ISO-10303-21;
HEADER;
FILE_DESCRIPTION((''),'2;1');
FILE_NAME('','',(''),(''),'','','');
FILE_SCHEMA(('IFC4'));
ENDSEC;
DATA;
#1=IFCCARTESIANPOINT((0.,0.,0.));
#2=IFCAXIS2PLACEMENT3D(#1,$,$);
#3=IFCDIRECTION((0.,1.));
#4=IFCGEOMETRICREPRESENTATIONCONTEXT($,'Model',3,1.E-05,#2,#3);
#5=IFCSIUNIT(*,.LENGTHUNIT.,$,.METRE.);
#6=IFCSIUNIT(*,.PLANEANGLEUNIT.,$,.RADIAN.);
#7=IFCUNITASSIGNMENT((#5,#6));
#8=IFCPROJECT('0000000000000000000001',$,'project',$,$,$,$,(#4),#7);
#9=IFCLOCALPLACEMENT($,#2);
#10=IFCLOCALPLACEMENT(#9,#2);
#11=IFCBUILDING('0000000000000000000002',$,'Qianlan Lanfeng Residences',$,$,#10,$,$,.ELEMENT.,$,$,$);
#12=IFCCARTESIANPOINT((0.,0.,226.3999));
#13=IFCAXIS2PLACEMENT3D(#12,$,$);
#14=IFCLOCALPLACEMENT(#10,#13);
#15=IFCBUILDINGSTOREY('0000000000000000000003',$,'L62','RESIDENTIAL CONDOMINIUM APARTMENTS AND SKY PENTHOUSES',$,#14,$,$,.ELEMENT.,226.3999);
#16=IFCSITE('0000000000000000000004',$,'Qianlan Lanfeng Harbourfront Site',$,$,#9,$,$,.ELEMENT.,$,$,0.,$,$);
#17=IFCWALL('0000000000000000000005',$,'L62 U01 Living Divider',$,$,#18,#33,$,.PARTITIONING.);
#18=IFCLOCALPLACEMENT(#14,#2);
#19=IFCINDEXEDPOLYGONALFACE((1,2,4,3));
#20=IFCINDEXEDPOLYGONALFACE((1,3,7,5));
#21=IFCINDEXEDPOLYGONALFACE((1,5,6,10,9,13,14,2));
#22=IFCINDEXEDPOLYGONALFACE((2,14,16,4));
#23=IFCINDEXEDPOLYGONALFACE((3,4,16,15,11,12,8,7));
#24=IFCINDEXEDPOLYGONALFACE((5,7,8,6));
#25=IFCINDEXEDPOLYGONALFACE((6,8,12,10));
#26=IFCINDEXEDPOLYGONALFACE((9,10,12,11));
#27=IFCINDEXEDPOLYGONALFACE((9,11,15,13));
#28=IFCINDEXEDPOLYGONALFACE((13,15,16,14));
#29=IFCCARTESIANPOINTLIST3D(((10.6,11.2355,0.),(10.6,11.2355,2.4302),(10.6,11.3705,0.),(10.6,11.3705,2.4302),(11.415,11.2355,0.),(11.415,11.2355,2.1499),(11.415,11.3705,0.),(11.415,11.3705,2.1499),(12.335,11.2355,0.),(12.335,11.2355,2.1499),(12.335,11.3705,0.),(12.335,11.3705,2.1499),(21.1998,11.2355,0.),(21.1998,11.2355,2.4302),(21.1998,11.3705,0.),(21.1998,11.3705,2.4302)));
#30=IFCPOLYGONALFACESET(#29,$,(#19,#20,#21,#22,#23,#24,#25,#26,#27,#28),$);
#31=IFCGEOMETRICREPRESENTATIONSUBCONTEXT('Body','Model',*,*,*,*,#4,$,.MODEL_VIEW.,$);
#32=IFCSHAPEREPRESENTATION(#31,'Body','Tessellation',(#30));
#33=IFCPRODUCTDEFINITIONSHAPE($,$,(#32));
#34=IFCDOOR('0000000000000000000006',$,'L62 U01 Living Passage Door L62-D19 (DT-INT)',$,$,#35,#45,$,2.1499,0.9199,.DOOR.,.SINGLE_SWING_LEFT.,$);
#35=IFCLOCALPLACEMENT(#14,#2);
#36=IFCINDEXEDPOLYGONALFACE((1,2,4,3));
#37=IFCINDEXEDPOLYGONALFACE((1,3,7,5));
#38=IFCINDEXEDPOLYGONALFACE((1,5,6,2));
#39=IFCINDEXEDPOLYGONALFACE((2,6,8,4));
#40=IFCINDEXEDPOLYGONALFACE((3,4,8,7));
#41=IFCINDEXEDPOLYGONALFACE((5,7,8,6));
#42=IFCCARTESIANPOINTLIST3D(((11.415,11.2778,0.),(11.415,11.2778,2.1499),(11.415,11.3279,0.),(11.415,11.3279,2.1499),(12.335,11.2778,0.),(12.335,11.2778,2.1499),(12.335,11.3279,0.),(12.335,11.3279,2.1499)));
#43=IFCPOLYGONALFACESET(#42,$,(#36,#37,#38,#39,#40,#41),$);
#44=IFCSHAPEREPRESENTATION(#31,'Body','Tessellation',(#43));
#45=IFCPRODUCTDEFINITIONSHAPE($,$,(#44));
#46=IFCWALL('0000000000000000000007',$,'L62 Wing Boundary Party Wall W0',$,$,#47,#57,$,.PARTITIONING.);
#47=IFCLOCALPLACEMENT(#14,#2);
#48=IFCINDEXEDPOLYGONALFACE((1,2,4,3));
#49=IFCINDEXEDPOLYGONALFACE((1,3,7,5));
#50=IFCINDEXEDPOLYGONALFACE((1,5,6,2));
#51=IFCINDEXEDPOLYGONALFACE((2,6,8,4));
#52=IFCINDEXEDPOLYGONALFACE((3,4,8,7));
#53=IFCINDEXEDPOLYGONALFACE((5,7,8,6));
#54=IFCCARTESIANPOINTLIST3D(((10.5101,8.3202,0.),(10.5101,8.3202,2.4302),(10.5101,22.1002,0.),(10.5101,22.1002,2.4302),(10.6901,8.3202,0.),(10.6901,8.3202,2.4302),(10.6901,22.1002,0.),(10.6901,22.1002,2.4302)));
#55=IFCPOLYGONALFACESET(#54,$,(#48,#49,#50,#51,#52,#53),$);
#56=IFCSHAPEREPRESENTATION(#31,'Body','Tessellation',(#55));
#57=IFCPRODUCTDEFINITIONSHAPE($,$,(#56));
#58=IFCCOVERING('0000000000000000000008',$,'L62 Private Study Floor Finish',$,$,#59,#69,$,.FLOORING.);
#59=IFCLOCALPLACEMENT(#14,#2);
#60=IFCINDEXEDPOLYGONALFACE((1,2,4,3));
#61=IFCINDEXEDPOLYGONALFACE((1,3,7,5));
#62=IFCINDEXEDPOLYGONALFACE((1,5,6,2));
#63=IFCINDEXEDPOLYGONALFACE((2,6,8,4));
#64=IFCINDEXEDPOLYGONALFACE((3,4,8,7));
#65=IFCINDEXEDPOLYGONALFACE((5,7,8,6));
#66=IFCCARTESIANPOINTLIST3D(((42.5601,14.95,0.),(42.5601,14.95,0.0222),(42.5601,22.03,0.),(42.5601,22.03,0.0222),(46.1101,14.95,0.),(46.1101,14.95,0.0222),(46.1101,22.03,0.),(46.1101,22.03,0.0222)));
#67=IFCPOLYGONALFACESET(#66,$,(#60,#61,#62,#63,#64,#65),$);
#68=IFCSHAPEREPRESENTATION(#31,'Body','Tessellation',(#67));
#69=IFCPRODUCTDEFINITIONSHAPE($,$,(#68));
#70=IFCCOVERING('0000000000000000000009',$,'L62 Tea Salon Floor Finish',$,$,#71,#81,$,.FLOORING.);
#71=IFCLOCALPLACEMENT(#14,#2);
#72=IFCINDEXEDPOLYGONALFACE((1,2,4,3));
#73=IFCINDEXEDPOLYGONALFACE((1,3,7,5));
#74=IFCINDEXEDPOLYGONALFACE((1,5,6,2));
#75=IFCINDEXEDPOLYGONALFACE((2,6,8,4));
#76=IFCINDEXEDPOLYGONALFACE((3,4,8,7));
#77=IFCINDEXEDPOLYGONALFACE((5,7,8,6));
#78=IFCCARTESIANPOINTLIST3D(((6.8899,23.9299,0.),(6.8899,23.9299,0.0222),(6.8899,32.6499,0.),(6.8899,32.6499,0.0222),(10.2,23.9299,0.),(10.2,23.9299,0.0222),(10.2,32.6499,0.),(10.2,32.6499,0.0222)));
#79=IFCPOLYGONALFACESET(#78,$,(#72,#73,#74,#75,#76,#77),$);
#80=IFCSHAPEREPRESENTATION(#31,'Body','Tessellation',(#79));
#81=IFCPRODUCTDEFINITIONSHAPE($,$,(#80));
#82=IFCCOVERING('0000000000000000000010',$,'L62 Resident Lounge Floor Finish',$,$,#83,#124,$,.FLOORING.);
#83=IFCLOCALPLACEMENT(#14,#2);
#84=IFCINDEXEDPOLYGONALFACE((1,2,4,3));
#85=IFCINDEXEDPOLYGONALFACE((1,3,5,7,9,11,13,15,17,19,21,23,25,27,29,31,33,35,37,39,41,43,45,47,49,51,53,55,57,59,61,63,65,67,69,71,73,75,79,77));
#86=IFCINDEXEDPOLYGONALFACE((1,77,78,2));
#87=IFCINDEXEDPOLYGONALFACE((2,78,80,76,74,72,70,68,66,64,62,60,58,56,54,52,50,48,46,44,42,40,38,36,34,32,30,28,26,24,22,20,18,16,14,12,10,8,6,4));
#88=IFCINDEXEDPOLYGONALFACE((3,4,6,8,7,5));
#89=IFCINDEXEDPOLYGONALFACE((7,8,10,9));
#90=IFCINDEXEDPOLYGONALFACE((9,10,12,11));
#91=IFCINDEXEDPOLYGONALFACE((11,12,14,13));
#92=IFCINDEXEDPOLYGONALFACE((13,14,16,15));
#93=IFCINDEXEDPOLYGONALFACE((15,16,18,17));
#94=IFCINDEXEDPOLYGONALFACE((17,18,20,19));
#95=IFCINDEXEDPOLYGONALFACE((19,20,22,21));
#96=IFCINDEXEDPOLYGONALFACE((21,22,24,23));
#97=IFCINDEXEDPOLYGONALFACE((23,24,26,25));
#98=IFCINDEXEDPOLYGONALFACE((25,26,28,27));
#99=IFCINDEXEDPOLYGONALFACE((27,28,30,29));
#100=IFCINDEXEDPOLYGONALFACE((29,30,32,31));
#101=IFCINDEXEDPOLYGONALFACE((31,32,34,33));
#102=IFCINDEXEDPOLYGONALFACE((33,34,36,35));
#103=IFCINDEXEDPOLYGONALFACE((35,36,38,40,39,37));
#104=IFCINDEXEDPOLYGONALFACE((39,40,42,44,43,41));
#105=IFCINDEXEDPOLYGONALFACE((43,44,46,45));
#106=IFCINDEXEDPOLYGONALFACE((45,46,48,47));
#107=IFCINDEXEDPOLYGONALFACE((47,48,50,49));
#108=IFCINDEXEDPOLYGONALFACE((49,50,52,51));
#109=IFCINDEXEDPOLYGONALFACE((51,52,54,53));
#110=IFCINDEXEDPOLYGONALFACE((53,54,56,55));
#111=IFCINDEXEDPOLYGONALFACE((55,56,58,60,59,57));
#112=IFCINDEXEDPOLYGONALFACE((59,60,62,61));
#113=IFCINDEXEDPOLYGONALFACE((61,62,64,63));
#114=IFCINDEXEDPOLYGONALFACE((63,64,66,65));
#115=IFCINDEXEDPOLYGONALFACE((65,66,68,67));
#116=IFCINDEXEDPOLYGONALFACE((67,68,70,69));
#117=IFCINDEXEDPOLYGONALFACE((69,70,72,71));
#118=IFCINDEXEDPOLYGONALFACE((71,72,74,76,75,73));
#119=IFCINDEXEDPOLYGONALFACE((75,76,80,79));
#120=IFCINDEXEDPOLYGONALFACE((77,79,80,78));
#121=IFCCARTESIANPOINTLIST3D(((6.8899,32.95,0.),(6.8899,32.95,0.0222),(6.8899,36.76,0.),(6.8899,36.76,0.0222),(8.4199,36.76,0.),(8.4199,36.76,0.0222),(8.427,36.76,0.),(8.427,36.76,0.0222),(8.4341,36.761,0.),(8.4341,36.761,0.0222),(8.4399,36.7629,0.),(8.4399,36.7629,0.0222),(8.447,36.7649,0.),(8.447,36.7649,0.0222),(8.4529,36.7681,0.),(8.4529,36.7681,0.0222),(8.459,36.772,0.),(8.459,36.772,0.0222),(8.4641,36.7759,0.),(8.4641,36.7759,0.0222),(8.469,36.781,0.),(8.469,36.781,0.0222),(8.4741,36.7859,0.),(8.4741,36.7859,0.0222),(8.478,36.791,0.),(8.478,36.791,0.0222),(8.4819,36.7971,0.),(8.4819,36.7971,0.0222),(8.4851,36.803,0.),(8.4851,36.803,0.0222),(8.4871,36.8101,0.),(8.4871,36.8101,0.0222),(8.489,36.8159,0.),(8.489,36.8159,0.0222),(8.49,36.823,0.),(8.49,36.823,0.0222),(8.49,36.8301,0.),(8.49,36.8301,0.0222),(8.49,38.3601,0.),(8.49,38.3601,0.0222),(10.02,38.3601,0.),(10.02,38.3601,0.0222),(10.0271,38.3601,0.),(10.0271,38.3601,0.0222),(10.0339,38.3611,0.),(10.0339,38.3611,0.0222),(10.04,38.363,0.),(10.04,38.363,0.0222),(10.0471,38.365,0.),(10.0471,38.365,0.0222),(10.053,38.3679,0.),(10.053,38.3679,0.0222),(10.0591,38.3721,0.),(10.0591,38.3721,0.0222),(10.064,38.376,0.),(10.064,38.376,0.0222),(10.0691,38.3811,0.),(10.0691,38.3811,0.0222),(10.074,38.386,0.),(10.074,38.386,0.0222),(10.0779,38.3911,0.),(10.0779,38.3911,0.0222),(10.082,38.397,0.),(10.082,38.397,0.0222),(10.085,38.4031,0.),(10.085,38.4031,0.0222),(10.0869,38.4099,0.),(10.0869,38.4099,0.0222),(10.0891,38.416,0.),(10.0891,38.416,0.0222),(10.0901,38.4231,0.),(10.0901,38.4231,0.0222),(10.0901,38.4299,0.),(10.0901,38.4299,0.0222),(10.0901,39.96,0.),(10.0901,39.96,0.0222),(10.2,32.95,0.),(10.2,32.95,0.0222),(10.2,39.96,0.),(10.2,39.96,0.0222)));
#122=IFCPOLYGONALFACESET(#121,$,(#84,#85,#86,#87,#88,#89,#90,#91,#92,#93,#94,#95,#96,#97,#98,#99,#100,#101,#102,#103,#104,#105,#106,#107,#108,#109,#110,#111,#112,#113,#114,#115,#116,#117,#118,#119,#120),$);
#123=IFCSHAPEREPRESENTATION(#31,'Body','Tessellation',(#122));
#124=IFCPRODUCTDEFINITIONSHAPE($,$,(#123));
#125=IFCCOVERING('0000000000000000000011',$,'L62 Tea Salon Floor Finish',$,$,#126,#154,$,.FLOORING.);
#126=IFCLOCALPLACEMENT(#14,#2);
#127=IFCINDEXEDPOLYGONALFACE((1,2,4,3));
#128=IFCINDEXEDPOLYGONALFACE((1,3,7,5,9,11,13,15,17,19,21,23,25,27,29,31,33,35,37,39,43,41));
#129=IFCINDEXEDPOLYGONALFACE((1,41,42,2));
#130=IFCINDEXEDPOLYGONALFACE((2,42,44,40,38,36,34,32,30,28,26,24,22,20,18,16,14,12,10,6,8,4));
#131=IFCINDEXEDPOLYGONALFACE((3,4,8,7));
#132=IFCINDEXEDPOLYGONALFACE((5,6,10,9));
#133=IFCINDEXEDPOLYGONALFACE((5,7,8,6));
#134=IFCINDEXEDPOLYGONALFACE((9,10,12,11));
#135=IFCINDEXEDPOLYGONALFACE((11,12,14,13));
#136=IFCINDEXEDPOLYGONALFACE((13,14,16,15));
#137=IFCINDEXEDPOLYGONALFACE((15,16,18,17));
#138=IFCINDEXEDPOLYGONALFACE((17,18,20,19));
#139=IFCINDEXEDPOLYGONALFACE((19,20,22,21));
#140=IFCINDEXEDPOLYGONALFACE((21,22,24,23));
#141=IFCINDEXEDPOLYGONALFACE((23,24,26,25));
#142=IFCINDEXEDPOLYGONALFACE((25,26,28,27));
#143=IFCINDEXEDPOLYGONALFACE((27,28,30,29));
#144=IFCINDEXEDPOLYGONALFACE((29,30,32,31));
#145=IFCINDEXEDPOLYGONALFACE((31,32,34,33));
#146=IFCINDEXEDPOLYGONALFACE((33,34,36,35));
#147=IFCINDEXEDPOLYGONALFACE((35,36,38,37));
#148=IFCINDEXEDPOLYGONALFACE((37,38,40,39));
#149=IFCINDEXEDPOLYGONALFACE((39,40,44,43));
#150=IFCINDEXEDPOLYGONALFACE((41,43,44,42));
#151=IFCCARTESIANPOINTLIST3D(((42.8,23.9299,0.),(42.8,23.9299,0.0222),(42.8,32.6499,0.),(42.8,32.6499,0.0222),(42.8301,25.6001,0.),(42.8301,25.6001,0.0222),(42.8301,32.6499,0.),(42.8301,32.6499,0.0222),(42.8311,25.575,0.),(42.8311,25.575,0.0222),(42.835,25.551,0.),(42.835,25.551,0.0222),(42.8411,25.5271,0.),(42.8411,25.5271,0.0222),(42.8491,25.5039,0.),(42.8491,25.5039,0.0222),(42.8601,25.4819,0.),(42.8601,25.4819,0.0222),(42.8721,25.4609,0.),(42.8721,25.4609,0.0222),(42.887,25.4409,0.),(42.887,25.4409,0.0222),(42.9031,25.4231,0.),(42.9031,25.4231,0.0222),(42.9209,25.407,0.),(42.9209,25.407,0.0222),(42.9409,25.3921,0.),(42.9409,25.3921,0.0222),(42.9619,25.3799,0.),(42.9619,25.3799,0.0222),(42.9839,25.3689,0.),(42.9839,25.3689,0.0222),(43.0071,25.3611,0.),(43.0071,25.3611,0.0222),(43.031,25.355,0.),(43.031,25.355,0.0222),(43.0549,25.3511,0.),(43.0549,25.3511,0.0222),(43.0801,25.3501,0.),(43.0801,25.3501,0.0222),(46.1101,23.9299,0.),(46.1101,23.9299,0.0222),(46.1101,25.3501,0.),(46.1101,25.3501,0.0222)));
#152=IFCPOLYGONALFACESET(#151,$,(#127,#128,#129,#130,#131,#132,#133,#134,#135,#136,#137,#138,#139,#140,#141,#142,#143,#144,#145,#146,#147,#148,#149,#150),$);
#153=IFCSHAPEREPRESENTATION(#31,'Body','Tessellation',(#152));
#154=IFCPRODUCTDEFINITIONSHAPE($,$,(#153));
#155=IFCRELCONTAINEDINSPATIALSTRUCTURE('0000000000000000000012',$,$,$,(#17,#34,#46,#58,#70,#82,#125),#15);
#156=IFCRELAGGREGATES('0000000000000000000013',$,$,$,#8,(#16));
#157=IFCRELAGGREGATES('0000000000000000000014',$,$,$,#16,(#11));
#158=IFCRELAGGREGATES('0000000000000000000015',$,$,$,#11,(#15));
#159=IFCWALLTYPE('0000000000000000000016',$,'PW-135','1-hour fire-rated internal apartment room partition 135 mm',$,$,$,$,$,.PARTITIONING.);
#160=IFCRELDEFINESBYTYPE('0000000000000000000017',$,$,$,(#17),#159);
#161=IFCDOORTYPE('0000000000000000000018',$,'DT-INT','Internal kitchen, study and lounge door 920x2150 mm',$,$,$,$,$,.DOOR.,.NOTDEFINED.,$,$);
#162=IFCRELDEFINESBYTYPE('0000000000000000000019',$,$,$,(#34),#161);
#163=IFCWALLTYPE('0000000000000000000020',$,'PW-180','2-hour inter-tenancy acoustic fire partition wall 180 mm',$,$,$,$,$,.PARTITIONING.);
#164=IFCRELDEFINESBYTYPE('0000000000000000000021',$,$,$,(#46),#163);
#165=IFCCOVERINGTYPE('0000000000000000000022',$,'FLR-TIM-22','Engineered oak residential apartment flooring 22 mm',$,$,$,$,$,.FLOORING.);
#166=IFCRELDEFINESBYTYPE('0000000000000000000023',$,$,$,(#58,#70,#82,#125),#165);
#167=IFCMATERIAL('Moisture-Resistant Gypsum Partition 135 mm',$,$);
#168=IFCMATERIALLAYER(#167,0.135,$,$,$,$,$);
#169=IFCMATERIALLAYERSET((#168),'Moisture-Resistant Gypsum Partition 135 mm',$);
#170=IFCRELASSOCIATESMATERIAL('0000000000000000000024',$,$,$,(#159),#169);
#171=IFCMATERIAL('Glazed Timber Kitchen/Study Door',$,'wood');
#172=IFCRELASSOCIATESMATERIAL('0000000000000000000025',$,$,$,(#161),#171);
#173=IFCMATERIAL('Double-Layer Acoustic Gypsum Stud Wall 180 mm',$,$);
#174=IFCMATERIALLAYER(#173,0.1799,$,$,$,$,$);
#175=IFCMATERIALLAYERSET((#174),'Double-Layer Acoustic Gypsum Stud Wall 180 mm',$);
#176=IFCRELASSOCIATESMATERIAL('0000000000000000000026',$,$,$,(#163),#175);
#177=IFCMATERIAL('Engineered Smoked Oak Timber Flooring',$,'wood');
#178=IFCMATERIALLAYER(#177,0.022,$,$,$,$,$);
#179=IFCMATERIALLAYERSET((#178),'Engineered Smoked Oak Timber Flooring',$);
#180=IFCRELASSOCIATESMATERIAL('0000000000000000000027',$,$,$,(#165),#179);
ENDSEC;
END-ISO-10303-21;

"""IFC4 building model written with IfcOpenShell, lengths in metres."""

from ifc_helpers import new_model, si_unit, direction, frame, frame_2d, origin, place, context, subcontext, project, spatial, polyline, rectangle, outline, extrude, material, layer, layer_set, type_object, element, fill, save


model = new_model("IFC4")

# Units and contexts
model_context = context("Model", 3, precision=1e-05, world=origin(), true_north=direction((0.0, 1.0)))
body_context = subcontext(model_context, "Body", "Model", "MODEL_VIEW")
ifc_project = project(units=[si_unit("LENGTHUNIT", "METRE"), si_unit("PLANEANGLEUNIT", "RADIAN")], contexts=[model_context])

# Site, building, storey
site_placement = place(None, origin())
site = spatial("IfcSite", under=ifc_project, at=site_placement, Name="Qianlan Lanfeng Harbourfront Site", CompositionType="ELEMENT", RefElevation=0.0)
building_placement = place(site_placement, origin())
building = spatial("IfcBuilding", under=site, at=building_placement, Name="Qianlan Lanfeng Residences", CompositionType="ELEMENT")
storey_placement = place(building_placement, frame((0.0, 0.0, 226.3999)))
storey = spatial("IfcBuildingStorey", under=building, at=storey_placement, Name="L62", Description="RESIDENTIAL CONDOMINIUM APARTMENTS AND SKY PENTHOUSES", CompositionType="ELEMENT", Elevation=226.3999)

# Wall, opening, door
ifc_material_1 = material(Name="Moisture-Resistant Gypsum Partition 135 mm")
ifc_layer_1 = layer(ifc_material_1, 0.135)
ifc_layer_set_1 = layer_set([ifc_layer_1], Name="Moisture-Resistant Gypsum Partition 135 mm")
wall_type_1 = type_object("IfcWallType", Name="PW-135", Description="1-hour fire-rated internal apartment room partition 135 mm", PredefinedType="PARTITIONING", material=ifc_layer_set_1)
wall_1_placement = place(storey_placement, frame((10.6001, 11.303, 0.0), z_axis=(0.0, 0.0, 1.0), x_axis=(1.0, 0.0, 0.0)))
wall_1 = element("IfcWall", 1, at=wall_1_placement, inside=storey, type_object=wall_type_1, Name="L62 U01 Living Divider", PredefinedType="PARTITIONING", context=body_context, shape_type="SweptSolid", body=[
    extrude(rectangle(XDim=10.5999, YDim=0.135, at=frame_2d((5.2998, 0.0))), origin(), (0.0, 0.0, 1.0), 2.4302),
])
opening_1_placement = place(wall_1_placement, frame((0.8149, 0.0, 0.0)))
opening_1 = element("IfcOpeningElement", 2, at=opening_1_placement, cuts=wall_1, PredefinedType="OPENING", context=body_context, shape_type="SweptSolid", body=[
    extrude(rectangle(XDim=0.9199, YDim=2.1499, at=frame_2d((0.46, 1.075))), frame((0.0, 0.0776, 0.0), z_axis=(0.0, -1.0, 0.0), x_axis=(1.0, 0.0, 0.0)), (0.0, 0.0, 1.0), 0.155),
])
ifc_material_2 = material(Name="Glazed Timber Kitchen/Study Door", Category="wood")
door_type = type_object("IfcDoorType", Name="DT-INT", Description="Internal kitchen, study and lounge door 920x2150 mm", OperationType="NOTDEFINED", PredefinedType="DOOR", material=ifc_material_2)
door_placement = place(opening_1_placement, origin())
door = element("IfcDoor", 3, at=door_placement, inside=storey, type_object=door_type, Name="L62 U01 Living Passage Door L62-D19 (DT-INT)", OperationType="SINGLE_SWING_LEFT", OverallHeight=2.1499, OverallWidth=0.9199, PredefinedType="DOOR", context=body_context, shape_type="SweptSolid", body=[
    extrude(rectangle(XDim=0.9199, YDim=2.1499, at=frame_2d((0.46, 1.075))), frame((0.0, 0.0249, 0.0), z_axis=(0.0, -1.0, 0.0), x_axis=(1.0, 0.0, 0.0)), (0.0, 0.0, 1.0), 0.05),
])
fill(opening_1, door)

# Wall
ifc_material_3 = material(Name="Double-Layer Acoustic Gypsum Stud Wall 180 mm")
ifc_layer_2 = layer(ifc_material_3, 0.1799)
ifc_layer_set_2 = layer_set([ifc_layer_2], Name="Double-Layer Acoustic Gypsum Stud Wall 180 mm")
wall_type_2 = type_object("IfcWallType", Name="PW-180", Description="2-hour inter-tenancy acoustic fire partition wall 180 mm", PredefinedType="PARTITIONING", material=ifc_layer_set_2)
wall_2_placement = place(storey_placement, frame((10.6001, 8.3201, 0.0), z_axis=(0.0, 0.0, 1.0), x_axis=(0.0, 1.0, 0.0)))
element("IfcWall", 4, at=wall_2_placement, inside=storey, type_object=wall_type_2, Name="L62 Wing Boundary Party Wall W0", PredefinedType="PARTITIONING", context=body_context, shape_type="SweptSolid", body=[
    extrude(rectangle(XDim=13.78, YDim=0.1799, at=frame_2d((6.8901, 0.0))), origin(), (0.0, 0.0, 1.0), 2.4302),
])

# Coverings
ifc_material_4 = material(Name="Engineered Smoked Oak Timber Flooring", Category="wood")
ifc_layer_3 = layer(ifc_material_4, 0.022)
ifc_layer_set_3 = layer_set([ifc_layer_3], Name="Engineered Smoked Oak Timber Flooring")
covering_type = type_object("IfcCoveringType", Name="FLR-TIM-22", Description="Engineered oak residential apartment flooring 22 mm", PredefinedType="FLOORING", material=ifc_layer_set_3)
covering_1_placement = place(storey_placement, origin())
element("IfcCovering", 5, at=covering_1_placement, inside=storey, type_object=covering_type, Name="L62 Private Study Floor Finish", PredefinedType="FLOORING", context=body_context, shape_type="SweptSolid", body=[
    extrude(outline(polyline([(46.1101, 22.03), (42.5601, 22.03), (42.5601, 14.95), (46.1101, 14.95), (46.1101, 22.03)])), origin(), (0.0, 0.0, 1.0), 0.0222),
])
covering_2_placement = place(storey_placement, origin())
element("IfcCovering", 6, at=covering_2_placement, inside=storey, type_object=covering_type, Name="L62 Tea Salon Floor Finish", PredefinedType="FLOORING", context=body_context, shape_type="SweptSolid", body=[
    extrude(outline(polyline([(10.2, 32.6499), (6.8899, 32.6499), (6.8899, 23.9299), (10.2, 23.9299), (10.2, 32.6499)])), origin(), (0.0, 0.0, 1.0), 0.0222),
])
covering_3_placement = place(storey_placement, origin())
element("IfcCovering", 7, at=covering_3_placement, inside=storey, type_object=covering_type, Name="L62 Resident Lounge Floor Finish", PredefinedType="FLOORING", context=body_context, shape_type="SweptSolid", body=[
    extrude(outline(polyline([(6.8899, 32.95), (10.2, 32.95), (10.2, 39.96), (10.0901, 39.96), (10.0901, 38.4299), (10.0901, 38.4231), (10.0891, 38.416), (10.0869, 38.4099), (10.085, 38.4031), (10.082, 38.397), (10.0779, 38.3911), (10.074, 38.386), (10.0691, 38.3811), (10.064, 38.376), (10.0591, 38.3721), (10.053, 38.3679), (10.0471, 38.365), (10.04, 38.363), (10.0339, 38.3611), (10.0271, 38.3601), (10.02, 38.3601), (8.49, 38.3601), (8.49, 36.8301), (8.49, 36.823), (8.489, 36.8159), (8.4871, 36.8101), (8.4851, 36.803), (8.4819, 36.7971), (8.478, 36.791), (8.4741, 36.7859), (8.469, 36.781), (8.4641, 36.7759), (8.459, 36.772), (8.4529, 36.7681), (8.447, 36.7649), (8.4399, 36.7629), (8.4341, 36.761), (8.427, 36.76), (8.4199, 36.76), (6.8899, 36.76), (6.8899, 32.95)])), origin(), (0.0, 0.0, 1.0), 0.0222),
])
covering_4_placement = place(storey_placement, origin())
element("IfcCovering", 8, at=covering_4_placement, inside=storey, type_object=covering_type, Name="L62 Tea Salon Floor Finish", PredefinedType="FLOORING", context=body_context, shape_type="SweptSolid", body=[
    extrude(outline(polyline([(46.1101, 25.3501), (43.0801, 25.3501), (43.0549, 25.3511), (43.031, 25.355), (43.0071, 25.3611), (42.9839, 25.3689), (42.9619, 25.3799), (42.9409, 25.3921), (42.9209, 25.407), (42.9031, 25.4231), (42.887, 25.4409), (42.8721, 25.4609), (42.8601, 25.4819), (42.8491, 25.5039), (42.8411, 25.5271), (42.835, 25.551), (42.8311, 25.575), (42.8301, 25.6001), (42.8301, 32.6499), (42.8, 32.6499), (42.8, 23.9299), (46.1101, 23.9299), (46.1101, 25.3501)])), origin(), (0.0, 0.0, 1.0), 0.0222),
])

save(model, "model.ifc")
